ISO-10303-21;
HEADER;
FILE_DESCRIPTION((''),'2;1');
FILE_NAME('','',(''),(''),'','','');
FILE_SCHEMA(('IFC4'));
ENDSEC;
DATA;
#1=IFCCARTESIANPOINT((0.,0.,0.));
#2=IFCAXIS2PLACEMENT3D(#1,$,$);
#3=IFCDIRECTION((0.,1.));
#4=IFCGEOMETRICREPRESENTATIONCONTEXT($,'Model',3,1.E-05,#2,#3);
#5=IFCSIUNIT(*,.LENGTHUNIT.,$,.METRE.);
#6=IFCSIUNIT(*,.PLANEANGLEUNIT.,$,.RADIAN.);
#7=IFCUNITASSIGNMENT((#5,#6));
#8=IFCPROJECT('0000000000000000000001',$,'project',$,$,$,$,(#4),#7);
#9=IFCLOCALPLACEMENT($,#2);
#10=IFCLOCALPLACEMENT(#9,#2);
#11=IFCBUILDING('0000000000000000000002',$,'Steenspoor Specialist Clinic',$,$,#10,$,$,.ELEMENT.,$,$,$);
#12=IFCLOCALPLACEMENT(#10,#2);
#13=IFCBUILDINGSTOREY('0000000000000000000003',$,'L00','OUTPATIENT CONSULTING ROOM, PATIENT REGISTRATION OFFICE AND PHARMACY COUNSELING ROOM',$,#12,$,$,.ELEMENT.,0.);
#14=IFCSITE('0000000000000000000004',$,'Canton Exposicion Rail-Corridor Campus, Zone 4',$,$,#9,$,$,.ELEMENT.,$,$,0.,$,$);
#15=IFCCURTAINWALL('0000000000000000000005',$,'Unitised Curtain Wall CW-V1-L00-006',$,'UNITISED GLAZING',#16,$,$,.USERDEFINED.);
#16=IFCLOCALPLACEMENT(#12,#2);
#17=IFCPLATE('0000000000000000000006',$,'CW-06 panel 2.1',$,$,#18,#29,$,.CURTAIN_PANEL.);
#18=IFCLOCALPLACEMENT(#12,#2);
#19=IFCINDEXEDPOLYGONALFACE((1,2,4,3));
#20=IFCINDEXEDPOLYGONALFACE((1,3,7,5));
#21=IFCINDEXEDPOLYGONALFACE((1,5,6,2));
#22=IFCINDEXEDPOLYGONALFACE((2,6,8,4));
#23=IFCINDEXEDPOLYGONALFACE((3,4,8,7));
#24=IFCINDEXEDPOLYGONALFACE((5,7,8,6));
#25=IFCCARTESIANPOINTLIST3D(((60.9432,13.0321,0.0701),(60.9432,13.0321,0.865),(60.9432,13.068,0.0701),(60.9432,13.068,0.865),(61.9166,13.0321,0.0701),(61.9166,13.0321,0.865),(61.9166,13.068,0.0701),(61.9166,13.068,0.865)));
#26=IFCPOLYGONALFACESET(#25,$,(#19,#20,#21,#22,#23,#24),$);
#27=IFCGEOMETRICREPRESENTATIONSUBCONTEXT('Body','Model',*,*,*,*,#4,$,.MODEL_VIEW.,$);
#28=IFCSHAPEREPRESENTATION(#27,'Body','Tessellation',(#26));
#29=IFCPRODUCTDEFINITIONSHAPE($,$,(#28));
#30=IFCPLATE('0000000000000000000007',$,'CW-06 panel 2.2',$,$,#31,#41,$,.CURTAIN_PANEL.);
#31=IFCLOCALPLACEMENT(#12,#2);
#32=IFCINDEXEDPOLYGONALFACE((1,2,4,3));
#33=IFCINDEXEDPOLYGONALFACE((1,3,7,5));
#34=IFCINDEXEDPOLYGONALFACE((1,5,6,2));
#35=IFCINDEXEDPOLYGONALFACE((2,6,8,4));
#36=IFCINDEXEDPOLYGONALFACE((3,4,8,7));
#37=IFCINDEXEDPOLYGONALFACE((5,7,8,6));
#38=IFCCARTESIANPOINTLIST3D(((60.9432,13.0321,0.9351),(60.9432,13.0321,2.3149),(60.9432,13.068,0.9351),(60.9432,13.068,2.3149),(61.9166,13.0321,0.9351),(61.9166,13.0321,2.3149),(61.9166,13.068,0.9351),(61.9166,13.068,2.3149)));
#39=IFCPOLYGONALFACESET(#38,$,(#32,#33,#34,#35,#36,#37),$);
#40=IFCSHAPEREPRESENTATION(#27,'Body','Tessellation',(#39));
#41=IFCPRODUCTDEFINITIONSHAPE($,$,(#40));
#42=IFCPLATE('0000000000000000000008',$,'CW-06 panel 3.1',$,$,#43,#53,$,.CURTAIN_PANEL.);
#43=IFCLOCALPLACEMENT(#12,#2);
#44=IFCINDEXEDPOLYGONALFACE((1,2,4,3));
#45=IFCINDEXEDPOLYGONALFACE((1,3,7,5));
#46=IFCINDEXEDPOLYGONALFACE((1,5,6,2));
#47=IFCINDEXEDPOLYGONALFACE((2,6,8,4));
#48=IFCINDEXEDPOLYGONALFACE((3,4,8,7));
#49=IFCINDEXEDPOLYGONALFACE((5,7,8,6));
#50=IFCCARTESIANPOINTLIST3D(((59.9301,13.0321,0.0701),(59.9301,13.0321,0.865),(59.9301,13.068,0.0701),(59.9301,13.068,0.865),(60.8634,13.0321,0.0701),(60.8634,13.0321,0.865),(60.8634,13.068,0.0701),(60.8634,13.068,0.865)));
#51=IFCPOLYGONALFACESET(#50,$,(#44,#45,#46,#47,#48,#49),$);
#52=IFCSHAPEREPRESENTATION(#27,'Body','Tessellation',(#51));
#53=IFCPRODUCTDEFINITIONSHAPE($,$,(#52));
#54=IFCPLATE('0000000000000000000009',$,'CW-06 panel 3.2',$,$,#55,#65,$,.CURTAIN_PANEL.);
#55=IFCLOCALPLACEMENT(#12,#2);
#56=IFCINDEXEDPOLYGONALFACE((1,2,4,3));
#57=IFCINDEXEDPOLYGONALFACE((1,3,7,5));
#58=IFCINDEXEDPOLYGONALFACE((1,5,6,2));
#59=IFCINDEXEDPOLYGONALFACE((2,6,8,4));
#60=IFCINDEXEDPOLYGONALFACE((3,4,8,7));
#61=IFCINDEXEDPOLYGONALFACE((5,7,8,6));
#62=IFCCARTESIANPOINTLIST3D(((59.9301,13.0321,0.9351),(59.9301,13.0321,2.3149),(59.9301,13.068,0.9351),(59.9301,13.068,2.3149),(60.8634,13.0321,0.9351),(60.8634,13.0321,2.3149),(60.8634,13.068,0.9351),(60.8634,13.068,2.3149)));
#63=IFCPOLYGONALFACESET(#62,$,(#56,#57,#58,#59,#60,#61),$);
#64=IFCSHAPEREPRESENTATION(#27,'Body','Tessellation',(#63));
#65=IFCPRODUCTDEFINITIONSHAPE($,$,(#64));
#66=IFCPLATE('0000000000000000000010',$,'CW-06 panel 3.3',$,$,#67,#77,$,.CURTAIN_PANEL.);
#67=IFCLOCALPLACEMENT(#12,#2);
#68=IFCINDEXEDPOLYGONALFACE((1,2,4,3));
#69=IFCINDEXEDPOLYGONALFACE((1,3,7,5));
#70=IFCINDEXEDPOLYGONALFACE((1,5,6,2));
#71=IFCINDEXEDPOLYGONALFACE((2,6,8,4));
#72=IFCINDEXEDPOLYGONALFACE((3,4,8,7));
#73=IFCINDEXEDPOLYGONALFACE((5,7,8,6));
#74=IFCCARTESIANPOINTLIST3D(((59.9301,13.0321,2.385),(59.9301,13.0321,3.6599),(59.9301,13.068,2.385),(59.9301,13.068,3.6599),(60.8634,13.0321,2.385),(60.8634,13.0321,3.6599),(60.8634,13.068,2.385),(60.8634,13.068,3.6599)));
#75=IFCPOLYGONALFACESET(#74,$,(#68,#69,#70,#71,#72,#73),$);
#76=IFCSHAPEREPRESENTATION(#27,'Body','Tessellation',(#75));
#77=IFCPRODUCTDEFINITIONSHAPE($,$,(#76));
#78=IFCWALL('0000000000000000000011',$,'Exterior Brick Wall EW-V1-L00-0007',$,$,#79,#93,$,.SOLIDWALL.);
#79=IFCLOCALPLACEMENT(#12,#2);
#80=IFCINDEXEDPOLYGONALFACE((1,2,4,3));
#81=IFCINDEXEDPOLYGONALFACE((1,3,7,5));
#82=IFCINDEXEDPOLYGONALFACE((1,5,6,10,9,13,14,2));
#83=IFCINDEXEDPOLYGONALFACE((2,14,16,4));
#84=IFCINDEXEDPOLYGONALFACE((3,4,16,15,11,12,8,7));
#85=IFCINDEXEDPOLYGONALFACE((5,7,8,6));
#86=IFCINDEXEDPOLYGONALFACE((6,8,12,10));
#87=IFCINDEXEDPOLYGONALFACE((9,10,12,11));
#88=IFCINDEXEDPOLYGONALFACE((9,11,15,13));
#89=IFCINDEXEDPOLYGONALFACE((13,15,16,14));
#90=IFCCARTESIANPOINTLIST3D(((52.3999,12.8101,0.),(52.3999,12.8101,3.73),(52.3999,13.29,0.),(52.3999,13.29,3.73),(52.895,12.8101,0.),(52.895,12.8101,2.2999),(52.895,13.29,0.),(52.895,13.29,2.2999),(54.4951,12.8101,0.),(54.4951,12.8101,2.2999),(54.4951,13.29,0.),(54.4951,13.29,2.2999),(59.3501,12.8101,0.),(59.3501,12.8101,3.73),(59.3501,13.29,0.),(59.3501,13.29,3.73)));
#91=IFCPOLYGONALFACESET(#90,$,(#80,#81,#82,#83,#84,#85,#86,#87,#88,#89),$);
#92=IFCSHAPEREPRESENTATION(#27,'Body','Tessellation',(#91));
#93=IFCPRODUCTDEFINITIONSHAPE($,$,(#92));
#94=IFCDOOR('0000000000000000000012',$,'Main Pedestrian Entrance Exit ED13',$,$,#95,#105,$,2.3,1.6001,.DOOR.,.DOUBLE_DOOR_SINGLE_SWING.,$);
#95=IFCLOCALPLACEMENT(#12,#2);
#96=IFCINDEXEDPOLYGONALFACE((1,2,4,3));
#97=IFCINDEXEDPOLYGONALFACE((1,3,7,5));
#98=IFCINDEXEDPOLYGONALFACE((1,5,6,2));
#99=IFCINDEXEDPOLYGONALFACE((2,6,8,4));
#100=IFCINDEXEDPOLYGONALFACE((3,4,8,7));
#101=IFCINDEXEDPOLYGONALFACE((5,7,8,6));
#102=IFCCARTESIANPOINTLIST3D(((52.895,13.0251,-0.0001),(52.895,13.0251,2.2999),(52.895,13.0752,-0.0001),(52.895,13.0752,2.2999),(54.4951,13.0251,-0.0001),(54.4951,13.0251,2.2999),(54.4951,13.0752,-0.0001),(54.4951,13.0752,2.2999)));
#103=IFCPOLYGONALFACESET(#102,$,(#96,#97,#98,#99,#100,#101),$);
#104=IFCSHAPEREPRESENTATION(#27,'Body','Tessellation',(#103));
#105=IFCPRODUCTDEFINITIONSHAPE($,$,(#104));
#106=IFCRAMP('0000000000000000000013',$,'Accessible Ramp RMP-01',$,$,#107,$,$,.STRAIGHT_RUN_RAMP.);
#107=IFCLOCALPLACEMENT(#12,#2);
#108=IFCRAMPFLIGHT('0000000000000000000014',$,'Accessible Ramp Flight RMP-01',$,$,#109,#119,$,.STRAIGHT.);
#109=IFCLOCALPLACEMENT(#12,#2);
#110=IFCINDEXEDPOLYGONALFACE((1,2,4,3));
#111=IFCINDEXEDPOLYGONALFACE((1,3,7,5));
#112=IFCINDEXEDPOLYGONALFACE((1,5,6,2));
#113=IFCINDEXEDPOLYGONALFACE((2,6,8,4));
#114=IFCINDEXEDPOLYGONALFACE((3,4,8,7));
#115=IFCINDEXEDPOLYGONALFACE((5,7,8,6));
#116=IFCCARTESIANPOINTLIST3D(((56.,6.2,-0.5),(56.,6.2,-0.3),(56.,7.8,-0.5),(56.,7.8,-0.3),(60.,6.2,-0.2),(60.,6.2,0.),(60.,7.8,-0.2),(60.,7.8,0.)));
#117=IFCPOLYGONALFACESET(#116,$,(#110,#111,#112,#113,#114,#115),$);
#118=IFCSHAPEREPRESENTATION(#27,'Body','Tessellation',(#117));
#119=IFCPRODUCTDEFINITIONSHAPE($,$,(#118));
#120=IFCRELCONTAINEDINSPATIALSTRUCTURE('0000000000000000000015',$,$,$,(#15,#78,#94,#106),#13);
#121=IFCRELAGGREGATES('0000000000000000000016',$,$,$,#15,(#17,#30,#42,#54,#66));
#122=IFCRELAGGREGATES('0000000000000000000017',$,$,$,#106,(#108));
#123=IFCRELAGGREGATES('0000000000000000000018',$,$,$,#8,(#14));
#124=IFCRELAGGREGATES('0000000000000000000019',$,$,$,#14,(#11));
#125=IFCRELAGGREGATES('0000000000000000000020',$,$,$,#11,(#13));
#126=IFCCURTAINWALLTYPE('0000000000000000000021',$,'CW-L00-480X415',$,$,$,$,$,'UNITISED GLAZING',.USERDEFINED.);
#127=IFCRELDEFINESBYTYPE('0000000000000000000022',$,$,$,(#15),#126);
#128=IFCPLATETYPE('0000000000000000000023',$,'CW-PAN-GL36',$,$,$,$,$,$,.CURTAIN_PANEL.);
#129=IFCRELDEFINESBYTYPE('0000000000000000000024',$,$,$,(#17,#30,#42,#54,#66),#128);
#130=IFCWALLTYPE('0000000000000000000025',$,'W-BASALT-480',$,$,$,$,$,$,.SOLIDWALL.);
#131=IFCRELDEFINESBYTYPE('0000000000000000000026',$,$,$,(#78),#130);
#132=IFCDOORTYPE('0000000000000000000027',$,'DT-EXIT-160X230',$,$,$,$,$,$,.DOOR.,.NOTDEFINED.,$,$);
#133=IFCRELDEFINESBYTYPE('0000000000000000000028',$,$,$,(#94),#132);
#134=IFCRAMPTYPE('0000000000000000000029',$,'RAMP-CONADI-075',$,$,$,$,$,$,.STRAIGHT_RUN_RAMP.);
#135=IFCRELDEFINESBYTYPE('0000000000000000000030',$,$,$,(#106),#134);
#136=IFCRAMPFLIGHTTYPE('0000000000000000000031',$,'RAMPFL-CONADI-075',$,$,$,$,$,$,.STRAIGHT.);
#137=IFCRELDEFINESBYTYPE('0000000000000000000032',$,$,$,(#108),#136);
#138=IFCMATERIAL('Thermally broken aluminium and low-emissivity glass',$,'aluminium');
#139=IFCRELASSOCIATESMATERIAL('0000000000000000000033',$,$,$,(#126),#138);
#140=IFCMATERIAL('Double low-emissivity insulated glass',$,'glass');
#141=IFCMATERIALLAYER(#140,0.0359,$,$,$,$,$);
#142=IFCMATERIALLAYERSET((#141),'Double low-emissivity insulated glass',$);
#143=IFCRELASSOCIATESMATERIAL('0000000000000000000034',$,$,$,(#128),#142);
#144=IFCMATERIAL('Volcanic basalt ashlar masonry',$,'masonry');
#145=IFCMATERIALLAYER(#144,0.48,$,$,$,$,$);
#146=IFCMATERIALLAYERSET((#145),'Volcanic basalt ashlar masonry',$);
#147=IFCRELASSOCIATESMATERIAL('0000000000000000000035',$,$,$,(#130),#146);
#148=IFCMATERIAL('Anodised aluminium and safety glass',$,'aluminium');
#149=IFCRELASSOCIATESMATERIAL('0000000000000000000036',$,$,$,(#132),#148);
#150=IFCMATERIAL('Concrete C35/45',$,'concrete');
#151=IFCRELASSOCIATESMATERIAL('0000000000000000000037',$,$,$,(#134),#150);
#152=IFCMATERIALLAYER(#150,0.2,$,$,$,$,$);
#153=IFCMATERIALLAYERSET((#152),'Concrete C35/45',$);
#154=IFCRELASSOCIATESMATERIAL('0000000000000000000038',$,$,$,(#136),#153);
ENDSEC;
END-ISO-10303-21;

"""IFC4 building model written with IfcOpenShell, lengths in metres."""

from ifc_helpers import new_model, si_unit, direction, frame, frame_2d, origin, origin_2d, place, context, subcontext, project, spatial, polyline, rectangle, outline, extrude, material, layer, layer_set, type_object, element, fill, aggregate, save


model = new_model("IFC4")

# Units and contexts
model_context = context("Model", 3, precision=1e-05, world=origin(), true_north=direction((0.0, 1.0)))
body_context = subcontext(model_context, "Body", "Model", "MODEL_VIEW")
ifc_project = project(units=[si_unit("LENGTHUNIT", "METRE"), si_unit("PLANEANGLEUNIT", "RADIAN")], contexts=[model_context])

# Site, building, storey
site_placement = place(None, origin())
site = spatial("IfcSite", under=ifc_project, at=site_placement, Name="Canton Exposicion Rail-Corridor Campus, Zone 4", CompositionType="ELEMENT", RefElevation=0.0)
building_placement = place(site_placement, origin())
building = spatial("IfcBuilding", under=site, at=building_placement, Name="Steenspoor Specialist Clinic", CompositionType="ELEMENT")
storey_placement = place(building_placement, origin())
storey = spatial("IfcBuildingStorey", under=building, at=storey_placement, Name="L00", Description="OUTPATIENT CONSULTING ROOM, PATIENT REGISTRATION OFFICE AND PHARMACY COUNSELING ROOM", CompositionType="ELEMENT", Elevation=0.0)

# Shared definitions
ifc_material_1 = material(Name="Concrete C35/45", Category="concrete")

# Curtain wall
ifc_material_2 = material(Name="Thermally broken aluminium and low-emissivity glass", Category="aluminium")
curtain_wall_type = type_object("IfcCurtainWallType", Name="CW-L00-480X415", ElementType="UNITISED GLAZING", PredefinedType="USERDEFINED", material=ifc_material_2)
curtain_wall_placement = place(storey_placement, origin())
curtain_wall = element("IfcCurtainWall", 1, at=curtain_wall_placement, inside=storey, type_object=curtain_wall_type, Name="Unitised Curtain Wall CW-V1-L00-006", ObjectType="UNITISED GLAZING", PredefinedType="USERDEFINED")

# Plates
ifc_material_3 = material(Name="Double low-emissivity insulated glass", Category="glass")
ifc_layer_1 = layer(ifc_material_3, 0.0359)
ifc_layer_set_1 = layer_set([ifc_layer_1], Name="Double low-emissivity insulated glass")
plate_type = type_object("IfcPlateType", Name="CW-PAN-GL36", PredefinedType="CURTAIN_PANEL", material=ifc_layer_set_1)
plate_1_placement = place(storey_placement, frame((61.4299, 13.05, 0.0701), z_axis=(0.0, 0.0, 1.0), x_axis=(-1.0, 0.0, 0.0)))
plate_1 = element("IfcPlate", 2, at=plate_1_placement, type_object=plate_type, Name="CW-06 panel 2.1", PredefinedType="CURTAIN_PANEL", context=body_context, shape_type="SweptSolid", body=[
    extrude(rectangle(XDim=0.9734, YDim=0.0359, at=origin_2d()), origin(), (0.0, 0.0, 1.0), 0.7949),
])
plate_2_placement = place(storey_placement, frame((61.4299, 13.05, 0.9351), z_axis=(0.0, 0.0, 1.0), x_axis=(-1.0, 0.0, 0.0)))
plate_2 = element("IfcPlate", 3, at=plate_2_placement, type_object=plate_type, Name="CW-06 panel 2.2", PredefinedType="CURTAIN_PANEL", context=body_context, shape_type="SweptSolid", body=[
    extrude(rectangle(XDim=0.9734, YDim=0.0359, at=origin_2d()), origin(), (0.0, 0.0, 1.0), 1.3799),
])
plate_3_placement = place(storey_placement, frame((60.3967, 13.05, 0.0701), z_axis=(0.0, 0.0, 1.0), x_axis=(-1.0, 0.0, 0.0)))
plate_3 = element("IfcPlate", 4, at=plate_3_placement, type_object=plate_type, Name="CW-06 panel 3.1", PredefinedType="CURTAIN_PANEL", context=body_context, shape_type="SweptSolid", body=[
    extrude(rectangle(XDim=0.9333, YDim=0.0359, at=origin_2d()), origin(), (0.0, 0.0, 1.0), 0.7949),
])
plate_4_placement = place(storey_placement, frame((60.3967, 13.05, 0.9351), z_axis=(0.0, 0.0, 1.0), x_axis=(-1.0, 0.0, 0.0)))
plate_4 = element("IfcPlate", 5, at=plate_4_placement, type_object=plate_type, Name="CW-06 panel 3.2", PredefinedType="CURTAIN_PANEL", context=body_context, shape_type="SweptSolid", body=[
    extrude(rectangle(XDim=0.9333, YDim=0.0359, at=origin_2d()), origin(), (0.0, 0.0, 1.0), 1.3799),
])
plate_5_placement = place(storey_placement, frame((60.3967, 13.05, 2.385), z_axis=(0.0, 0.0, 1.0), x_axis=(-1.0, 0.0, 0.0)))
plate_5 = element("IfcPlate", 6, at=plate_5_placement, type_object=plate_type, Name="CW-06 panel 3.3", PredefinedType="CURTAIN_PANEL", context=body_context, shape_type="SweptSolid", body=[
    extrude(rectangle(XDim=0.9333, YDim=0.0359, at=origin_2d()), origin(), (0.0, 0.0, 1.0), 1.2749),
])
aggregate(curtain_wall, [plate_1, plate_2, plate_3, plate_4, plate_5])

# Wall, opening, door
ifc_material_4 = material(Name="Volcanic basalt ashlar masonry", Category="masonry")
ifc_layer_2 = layer(ifc_material_4, 0.48)
ifc_layer_set_2 = layer_set([ifc_layer_2], Name="Volcanic basalt ashlar masonry")
wall_type = type_object("IfcWallType", Name="W-BASALT-480", PredefinedType="SOLIDWALL", material=ifc_layer_set_2)
wall_placement = place(storey_placement, frame((59.3501, 13.05, 0.0), z_axis=(0.0, 0.0, 1.0), x_axis=(-1.0, 0.0, 0.0)))
wall = element("IfcWall", 7, at=wall_placement, inside=storey, type_object=wall_type, Name="Exterior Brick Wall EW-V1-L00-0007", PredefinedType="SOLIDWALL", context=body_context, shape_type="SweptSolid", body=[
    extrude(rectangle(XDim=6.9502, YDim=0.48, at=frame_2d((3.4751, 0.0))), origin(), (0.0, 0.0, 1.0), 3.73),
])
opening_placement = place(wall_placement, frame((4.855, 0.0, 0.0)))
opening = element("IfcOpeningElement", 8, at=opening_placement, cuts=wall, PredefinedType="OPENING", context=body_context, shape_type="SweptSolid", body=[
    extrude(rectangle(XDim=1.6001, YDim=2.3, at=frame_2d((0.8, 1.1499))), frame((0.0, 0.25, 0.0), z_axis=(0.0, -1.0, 0.0), x_axis=(1.0, 0.0, 0.0)), (0.0, 0.0, 1.0), 0.5),
])
ifc_material_5 = material(Name="Anodised aluminium and safety glass", Category="aluminium")
door_type = type_object("IfcDoorType", Name="DT-EXIT-160X230", OperationType="NOTDEFINED", PredefinedType="DOOR", material=ifc_material_5)
door_placement = place(opening_placement, origin())
door = element("IfcDoor", 9, at=door_placement, inside=storey, type_object=door_type, Name="Main Pedestrian Entrance Exit ED13", OperationType="DOUBLE_DOOR_SINGLE_SWING", OverallHeight=2.3, OverallWidth=1.6001, PredefinedType="DOOR", context=body_context, shape_type="SweptSolid", body=[
    extrude(rectangle(XDim=1.6001, YDim=2.3, at=frame_2d((0.8, 1.1499))), frame((0.0, 0.0249, 0.0), z_axis=(0.0, -1.0, 0.0), x_axis=(1.0, 0.0, 0.0)), (0.0, 0.0, 1.0), 0.05),
])
fill(opening, door)

# Ramp, ramp flight
ramp_type = type_object("IfcRampType", Name="RAMP-CONADI-075", PredefinedType="STRAIGHT_RUN_RAMP", material=ifc_material_1)
ramp_placement = place(storey_placement, origin())
ramp = element("IfcRamp", 10, at=ramp_placement, inside=storey, type_object=ramp_type, Name="Accessible Ramp RMP-01", PredefinedType="STRAIGHT_RUN_RAMP")
ifc_layer_3 = layer(ifc_material_1, 0.2)
ifc_layer_set_3 = layer_set([ifc_layer_3], Name="Concrete C35/45")
ramp_flight_type = type_object("IfcRampFlightType", Name="RAMPFL-CONADI-075", PredefinedType="STRAIGHT", material=ifc_layer_set_3)
ramp_flight_placement = place(storey_placement, frame((56.0, 7.0, -0.3), z_axis=(0.0, 0.0, 1.0), x_axis=(1.0, 0.0, 0.0)))
ramp_flight = element("IfcRampFlight", 11, at=ramp_flight_placement, type_object=ramp_flight_type, Name="Accessible Ramp Flight RMP-01", PredefinedType="STRAIGHT", context=body_context, shape_type="SweptSolid", body=[
    extrude(outline(polyline([(0.0, 0.0), (4.0, 0.3), (4.0, 0.1001), (0.0, -0.2), (0.0, 0.0)])), frame((0.0, 0.8, 0.0), z_axis=(0.0, -1.0, 0.0), x_axis=(1.0, 0.0, 0.0)), (0.0, 0.0, 1.0), 1.6001),
])
aggregate(ramp, [ramp_flight])

save(model, "model.ifc")
